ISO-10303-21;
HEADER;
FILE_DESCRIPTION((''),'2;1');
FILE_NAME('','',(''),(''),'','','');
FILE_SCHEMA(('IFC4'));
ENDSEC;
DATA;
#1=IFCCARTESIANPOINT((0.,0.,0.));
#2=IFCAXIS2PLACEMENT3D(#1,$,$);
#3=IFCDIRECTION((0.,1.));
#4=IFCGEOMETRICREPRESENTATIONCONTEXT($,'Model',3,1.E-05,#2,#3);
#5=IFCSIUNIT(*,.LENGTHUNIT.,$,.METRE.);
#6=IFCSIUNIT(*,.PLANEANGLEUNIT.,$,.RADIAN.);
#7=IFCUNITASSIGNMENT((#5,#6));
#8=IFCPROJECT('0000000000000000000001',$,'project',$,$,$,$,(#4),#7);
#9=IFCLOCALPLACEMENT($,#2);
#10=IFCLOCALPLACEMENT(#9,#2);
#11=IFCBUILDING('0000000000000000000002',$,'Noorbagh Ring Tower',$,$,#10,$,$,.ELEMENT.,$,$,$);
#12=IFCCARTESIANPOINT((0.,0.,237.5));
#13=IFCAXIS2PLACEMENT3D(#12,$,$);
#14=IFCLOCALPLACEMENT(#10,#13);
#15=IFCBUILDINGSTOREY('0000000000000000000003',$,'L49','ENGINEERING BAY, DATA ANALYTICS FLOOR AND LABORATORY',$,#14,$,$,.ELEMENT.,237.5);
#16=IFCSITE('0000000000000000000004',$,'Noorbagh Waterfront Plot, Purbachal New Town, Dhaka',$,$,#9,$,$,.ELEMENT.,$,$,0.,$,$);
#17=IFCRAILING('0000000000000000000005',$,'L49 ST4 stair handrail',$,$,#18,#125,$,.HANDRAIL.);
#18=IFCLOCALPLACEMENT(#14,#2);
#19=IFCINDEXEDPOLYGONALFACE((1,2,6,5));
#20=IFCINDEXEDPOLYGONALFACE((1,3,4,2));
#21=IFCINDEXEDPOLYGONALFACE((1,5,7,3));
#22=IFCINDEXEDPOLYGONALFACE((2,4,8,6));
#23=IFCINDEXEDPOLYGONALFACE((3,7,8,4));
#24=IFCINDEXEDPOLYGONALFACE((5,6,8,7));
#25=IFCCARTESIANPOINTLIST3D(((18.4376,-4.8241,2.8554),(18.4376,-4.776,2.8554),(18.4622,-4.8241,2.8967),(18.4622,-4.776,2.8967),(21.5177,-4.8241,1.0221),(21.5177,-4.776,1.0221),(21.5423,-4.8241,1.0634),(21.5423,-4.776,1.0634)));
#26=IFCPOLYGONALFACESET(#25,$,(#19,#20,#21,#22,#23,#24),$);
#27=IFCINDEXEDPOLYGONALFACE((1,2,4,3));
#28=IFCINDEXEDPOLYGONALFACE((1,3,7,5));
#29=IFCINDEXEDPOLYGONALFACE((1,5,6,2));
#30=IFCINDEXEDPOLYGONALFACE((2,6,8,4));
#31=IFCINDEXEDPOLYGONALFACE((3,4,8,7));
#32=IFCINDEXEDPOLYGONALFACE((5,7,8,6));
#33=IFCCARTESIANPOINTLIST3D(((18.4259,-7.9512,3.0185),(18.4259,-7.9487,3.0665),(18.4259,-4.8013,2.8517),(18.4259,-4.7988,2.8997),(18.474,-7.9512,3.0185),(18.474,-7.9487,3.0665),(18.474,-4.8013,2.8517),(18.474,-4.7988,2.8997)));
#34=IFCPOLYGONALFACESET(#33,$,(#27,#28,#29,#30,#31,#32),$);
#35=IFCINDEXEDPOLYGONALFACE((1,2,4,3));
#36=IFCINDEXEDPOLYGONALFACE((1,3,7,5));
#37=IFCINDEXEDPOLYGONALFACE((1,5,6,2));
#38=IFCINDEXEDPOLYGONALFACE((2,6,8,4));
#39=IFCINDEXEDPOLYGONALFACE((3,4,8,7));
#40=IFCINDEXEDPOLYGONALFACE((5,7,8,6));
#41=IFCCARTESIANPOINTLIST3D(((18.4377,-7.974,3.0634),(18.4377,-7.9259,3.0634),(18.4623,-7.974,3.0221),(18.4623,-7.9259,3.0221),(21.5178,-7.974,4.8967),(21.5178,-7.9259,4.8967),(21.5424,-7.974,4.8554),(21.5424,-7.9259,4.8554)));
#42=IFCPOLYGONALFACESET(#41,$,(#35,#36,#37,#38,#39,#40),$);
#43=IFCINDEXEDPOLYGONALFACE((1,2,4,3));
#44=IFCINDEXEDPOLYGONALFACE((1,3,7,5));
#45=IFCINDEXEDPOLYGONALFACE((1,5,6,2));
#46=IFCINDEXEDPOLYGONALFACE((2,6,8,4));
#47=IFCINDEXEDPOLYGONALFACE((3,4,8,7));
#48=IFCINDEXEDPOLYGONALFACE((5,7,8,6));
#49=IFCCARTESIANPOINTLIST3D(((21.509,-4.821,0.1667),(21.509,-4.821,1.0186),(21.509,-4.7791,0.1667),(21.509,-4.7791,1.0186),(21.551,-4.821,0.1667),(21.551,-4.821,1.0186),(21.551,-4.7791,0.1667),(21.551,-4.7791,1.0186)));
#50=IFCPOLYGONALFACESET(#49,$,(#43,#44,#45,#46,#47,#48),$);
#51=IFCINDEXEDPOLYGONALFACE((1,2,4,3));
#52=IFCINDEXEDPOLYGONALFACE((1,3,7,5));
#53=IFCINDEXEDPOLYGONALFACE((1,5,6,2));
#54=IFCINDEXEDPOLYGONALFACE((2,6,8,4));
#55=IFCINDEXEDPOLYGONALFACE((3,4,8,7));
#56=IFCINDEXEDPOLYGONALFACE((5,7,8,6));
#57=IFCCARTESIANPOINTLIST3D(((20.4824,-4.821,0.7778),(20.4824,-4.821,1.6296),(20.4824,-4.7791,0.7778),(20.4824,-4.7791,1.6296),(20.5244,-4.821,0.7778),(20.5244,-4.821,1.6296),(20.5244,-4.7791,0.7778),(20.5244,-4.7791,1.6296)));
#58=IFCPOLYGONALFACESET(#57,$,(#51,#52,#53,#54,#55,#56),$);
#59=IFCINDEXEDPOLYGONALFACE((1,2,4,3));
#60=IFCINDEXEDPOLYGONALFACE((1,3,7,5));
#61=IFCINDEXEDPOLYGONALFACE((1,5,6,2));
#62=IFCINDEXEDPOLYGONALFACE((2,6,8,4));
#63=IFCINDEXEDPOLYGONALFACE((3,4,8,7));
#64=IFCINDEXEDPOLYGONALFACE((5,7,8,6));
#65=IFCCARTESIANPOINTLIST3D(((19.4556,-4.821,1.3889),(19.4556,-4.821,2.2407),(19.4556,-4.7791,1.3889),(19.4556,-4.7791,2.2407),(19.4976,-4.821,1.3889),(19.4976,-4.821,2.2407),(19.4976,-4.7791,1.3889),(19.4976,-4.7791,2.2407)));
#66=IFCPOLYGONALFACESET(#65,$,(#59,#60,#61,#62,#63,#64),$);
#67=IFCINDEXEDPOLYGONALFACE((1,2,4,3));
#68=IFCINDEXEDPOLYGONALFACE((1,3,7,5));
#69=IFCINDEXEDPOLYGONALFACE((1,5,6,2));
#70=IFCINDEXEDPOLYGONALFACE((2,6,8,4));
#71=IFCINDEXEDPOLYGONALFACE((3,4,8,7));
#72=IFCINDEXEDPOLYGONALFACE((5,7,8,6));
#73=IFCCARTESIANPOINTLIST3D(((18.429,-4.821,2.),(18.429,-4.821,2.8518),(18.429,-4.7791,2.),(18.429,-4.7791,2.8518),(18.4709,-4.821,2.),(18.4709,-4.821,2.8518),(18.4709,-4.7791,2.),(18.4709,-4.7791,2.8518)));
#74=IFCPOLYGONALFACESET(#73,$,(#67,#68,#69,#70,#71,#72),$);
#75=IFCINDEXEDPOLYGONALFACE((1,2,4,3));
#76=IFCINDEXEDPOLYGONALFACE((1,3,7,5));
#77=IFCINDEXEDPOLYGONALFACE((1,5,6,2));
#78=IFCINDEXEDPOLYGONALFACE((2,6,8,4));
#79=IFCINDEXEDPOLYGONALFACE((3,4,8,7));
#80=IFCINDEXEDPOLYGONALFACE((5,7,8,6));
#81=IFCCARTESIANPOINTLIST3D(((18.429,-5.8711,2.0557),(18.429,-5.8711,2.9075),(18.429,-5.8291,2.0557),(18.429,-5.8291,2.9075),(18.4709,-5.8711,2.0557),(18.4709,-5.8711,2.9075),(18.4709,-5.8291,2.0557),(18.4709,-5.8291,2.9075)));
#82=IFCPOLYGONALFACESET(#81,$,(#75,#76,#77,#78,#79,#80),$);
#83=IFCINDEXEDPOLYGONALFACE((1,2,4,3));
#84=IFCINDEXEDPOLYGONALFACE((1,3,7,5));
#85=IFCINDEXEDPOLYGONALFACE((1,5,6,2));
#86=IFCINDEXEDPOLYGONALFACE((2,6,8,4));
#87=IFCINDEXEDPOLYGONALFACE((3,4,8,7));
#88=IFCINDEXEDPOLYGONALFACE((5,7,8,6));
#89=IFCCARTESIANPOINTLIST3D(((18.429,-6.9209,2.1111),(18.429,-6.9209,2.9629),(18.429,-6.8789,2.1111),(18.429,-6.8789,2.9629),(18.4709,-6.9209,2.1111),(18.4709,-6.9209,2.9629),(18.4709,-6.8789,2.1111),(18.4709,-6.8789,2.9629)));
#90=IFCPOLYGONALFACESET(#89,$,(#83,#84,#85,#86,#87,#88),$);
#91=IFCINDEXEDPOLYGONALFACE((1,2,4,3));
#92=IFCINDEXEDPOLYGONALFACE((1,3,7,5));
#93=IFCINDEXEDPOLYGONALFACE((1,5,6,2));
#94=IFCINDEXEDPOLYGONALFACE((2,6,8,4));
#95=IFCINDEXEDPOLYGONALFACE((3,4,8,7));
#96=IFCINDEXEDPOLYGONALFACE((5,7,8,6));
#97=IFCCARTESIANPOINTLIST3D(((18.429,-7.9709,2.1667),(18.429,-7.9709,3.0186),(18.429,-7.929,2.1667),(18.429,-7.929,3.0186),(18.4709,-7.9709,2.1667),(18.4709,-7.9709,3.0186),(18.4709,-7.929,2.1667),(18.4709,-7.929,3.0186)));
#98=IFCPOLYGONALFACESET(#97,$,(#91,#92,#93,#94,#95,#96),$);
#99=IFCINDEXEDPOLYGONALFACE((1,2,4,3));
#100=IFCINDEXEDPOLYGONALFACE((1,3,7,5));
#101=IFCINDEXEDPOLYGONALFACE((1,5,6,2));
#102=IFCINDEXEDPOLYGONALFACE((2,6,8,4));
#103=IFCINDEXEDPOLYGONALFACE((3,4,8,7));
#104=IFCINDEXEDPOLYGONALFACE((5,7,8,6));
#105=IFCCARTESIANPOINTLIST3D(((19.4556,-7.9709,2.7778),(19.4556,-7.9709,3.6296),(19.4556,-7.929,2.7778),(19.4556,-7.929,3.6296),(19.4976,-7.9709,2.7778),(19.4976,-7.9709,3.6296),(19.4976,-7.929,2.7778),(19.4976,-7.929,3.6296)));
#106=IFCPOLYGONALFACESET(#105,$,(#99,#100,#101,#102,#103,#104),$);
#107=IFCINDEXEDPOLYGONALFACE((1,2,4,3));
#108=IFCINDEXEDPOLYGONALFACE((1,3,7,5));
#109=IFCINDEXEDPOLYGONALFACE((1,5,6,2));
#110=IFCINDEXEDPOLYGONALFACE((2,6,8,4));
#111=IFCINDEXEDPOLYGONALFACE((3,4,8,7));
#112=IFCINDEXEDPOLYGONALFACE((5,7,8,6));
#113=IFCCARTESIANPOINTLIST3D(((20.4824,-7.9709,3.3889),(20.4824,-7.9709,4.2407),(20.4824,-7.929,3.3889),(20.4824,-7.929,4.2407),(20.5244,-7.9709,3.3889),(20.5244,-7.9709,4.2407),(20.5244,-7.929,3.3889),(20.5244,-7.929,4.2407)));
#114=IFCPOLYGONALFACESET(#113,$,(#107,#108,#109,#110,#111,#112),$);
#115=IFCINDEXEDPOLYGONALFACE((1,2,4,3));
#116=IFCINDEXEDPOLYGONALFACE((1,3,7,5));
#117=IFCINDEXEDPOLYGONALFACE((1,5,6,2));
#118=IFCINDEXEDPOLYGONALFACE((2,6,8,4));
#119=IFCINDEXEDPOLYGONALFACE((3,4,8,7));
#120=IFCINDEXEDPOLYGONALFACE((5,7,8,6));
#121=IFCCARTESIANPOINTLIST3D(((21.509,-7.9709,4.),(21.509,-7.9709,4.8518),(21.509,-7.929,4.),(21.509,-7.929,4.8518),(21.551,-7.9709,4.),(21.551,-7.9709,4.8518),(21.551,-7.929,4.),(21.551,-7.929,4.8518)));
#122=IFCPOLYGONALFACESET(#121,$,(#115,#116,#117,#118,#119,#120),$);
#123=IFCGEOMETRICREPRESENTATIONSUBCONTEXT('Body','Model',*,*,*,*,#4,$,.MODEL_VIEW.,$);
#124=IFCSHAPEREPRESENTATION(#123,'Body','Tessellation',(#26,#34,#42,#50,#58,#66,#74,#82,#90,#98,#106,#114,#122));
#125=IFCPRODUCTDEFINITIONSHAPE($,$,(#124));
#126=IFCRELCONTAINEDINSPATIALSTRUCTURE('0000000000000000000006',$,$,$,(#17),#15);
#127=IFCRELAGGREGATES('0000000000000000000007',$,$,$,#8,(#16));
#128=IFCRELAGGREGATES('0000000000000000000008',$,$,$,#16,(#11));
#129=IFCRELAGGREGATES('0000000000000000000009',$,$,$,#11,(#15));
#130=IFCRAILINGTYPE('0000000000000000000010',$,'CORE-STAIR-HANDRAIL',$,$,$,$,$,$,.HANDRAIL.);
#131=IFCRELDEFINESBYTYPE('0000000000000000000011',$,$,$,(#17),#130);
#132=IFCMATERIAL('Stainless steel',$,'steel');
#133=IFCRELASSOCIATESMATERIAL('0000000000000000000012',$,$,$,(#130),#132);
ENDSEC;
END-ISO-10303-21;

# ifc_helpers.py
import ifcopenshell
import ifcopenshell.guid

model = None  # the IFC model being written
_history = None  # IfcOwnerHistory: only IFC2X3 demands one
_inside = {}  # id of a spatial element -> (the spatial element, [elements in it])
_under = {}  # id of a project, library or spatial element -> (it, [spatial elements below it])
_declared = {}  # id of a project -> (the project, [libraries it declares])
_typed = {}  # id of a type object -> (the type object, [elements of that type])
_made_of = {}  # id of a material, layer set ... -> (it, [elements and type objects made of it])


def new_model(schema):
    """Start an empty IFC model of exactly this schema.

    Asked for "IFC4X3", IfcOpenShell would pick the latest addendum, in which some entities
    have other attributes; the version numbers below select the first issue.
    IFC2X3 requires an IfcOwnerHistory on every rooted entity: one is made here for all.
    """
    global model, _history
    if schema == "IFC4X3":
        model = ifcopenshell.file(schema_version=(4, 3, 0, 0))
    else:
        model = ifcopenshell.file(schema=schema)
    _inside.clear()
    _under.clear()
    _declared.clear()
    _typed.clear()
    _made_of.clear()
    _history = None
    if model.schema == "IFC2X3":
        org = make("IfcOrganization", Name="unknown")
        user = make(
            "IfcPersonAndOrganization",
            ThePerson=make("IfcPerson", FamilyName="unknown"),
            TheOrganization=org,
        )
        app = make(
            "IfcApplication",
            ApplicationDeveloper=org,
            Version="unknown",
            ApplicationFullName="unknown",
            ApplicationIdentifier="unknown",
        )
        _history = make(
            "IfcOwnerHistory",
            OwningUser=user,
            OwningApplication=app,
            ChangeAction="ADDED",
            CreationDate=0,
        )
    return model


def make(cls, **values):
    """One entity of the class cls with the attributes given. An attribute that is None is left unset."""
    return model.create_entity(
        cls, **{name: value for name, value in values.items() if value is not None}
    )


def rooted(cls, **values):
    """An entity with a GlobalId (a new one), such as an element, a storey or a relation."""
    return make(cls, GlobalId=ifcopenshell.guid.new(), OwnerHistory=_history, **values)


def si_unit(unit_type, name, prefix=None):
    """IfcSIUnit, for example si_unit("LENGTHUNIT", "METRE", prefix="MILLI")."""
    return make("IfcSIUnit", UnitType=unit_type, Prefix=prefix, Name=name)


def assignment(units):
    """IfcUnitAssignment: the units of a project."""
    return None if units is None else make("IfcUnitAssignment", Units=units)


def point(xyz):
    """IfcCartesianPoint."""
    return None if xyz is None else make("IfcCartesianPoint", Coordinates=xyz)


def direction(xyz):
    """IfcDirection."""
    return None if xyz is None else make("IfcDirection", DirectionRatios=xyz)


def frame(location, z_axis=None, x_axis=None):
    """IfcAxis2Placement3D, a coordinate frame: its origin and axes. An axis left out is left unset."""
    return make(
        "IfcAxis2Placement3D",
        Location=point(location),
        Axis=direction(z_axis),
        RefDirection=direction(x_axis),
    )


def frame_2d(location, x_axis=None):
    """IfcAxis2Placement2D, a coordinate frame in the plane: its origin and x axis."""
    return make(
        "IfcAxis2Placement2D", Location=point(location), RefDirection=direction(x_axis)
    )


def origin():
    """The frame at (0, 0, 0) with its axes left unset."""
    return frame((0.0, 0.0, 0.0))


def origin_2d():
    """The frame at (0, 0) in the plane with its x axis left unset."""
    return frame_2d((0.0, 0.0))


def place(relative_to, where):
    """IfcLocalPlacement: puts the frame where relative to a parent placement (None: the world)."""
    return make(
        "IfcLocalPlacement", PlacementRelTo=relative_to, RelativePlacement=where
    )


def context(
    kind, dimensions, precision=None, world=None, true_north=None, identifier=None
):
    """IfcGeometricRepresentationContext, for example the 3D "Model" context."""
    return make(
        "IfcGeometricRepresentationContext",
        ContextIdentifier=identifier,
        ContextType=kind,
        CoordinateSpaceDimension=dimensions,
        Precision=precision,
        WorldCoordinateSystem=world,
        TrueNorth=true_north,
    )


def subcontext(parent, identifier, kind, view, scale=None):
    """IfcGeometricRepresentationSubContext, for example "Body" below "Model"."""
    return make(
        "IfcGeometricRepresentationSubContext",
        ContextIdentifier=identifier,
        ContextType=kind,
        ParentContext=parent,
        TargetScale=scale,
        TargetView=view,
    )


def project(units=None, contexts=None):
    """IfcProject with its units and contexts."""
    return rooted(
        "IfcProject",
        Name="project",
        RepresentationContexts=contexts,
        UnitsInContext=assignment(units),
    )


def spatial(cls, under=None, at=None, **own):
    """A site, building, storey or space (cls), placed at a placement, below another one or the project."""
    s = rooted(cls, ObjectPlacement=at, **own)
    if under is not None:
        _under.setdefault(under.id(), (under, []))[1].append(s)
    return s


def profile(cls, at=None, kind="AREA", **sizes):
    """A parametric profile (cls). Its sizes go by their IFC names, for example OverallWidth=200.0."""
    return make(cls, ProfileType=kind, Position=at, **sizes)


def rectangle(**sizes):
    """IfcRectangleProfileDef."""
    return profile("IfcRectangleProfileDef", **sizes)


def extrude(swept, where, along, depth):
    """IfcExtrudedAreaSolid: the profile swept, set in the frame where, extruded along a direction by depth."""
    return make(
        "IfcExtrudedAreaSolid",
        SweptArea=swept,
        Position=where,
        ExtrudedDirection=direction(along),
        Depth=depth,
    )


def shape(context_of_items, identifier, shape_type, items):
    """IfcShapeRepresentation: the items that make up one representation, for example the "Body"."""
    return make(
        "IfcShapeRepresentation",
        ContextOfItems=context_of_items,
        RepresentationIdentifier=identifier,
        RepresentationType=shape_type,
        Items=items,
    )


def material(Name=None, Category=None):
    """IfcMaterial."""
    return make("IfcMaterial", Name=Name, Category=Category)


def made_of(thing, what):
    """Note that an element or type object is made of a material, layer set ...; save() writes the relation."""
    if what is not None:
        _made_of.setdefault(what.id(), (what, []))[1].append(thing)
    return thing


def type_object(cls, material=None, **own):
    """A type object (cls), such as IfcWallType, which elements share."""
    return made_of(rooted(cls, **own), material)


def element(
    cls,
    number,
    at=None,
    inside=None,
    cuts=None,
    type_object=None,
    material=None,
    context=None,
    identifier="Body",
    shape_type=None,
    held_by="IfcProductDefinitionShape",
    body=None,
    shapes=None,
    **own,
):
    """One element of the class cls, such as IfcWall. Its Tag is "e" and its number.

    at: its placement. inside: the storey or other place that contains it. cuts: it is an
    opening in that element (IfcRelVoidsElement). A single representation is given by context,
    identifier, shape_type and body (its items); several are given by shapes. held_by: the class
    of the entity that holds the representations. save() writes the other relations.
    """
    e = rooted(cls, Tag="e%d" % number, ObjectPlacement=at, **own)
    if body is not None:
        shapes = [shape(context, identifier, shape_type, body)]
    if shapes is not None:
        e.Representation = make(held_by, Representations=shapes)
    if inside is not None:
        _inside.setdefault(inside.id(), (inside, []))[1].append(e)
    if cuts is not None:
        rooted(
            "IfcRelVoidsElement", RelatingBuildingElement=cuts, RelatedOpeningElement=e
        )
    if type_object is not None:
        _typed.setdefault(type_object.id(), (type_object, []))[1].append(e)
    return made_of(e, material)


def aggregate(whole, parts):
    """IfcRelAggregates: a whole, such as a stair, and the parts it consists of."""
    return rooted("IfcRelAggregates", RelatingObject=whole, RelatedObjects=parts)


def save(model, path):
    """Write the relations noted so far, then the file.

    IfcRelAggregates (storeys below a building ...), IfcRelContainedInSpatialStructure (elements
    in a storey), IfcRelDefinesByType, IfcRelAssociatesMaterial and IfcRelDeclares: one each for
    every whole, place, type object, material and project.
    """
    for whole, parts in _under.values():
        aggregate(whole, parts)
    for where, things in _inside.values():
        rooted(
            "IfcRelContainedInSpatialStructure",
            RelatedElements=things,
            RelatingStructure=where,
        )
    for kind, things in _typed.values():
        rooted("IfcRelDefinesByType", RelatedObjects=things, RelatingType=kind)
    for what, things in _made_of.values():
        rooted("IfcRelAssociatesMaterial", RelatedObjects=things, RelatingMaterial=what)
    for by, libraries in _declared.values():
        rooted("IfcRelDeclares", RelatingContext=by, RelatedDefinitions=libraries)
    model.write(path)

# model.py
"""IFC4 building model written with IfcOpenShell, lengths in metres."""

from ifc_helpers import new_model, si_unit, direction, frame, origin, origin_2d, place, context, subcontext, project, spatial, rectangle, extrude, material, type_object, element, save


model = new_model("IFC4")

# Units and contexts
model_context = context("Model", 3, precision=1e-05, world=origin(), true_north=direction((0.0, 1.0)))
body_context = subcontext(model_context, "Body", "Model", "MODEL_VIEW")
ifc_project = project(units=[si_unit("LENGTHUNIT", "METRE"), si_unit("PLANEANGLEUNIT", "RADIAN")], contexts=[model_context])

# Site, building, storey
site_placement = place(None, origin())
site = spatial("IfcSite", under=ifc_project, at=site_placement, Name="Noorbagh Waterfront Plot, Purbachal New Town, Dhaka", CompositionType="ELEMENT", RefElevation=0.0)
building_placement = place(site_placement, origin())
building = spatial("IfcBuilding", under=site, at=building_placement, Name="Noorbagh Ring Tower", CompositionType="ELEMENT")
storey_placement = place(building_placement, frame((0.0, 0.0, 237.5)))
storey = spatial("IfcBuildingStorey", under=building, at=storey_placement, Name="L49", Description="ENGINEERING BAY, DATA ANALYTICS FLOOR AND LABORATORY", CompositionType="ELEMENT", Elevation=237.5)

# Railing
ifc_material_1 = material(Name="Stainless steel", Category="steel")
railing_type_1 = type_object("IfcRailingType", Name="CORE-STAIR-HANDRAIL", PredefinedType="HANDRAIL", material=ifc_material_1)
railing_1_placement = place(storey_placement, frame((21.53, -4.8, 0.1667)))
element("IfcRailing", 1, at=railing_1_placement, inside=storey, type_object=railing_type_1, Name="L49 ST4 stair handrail", PredefinedType="HANDRAIL", context=body_context, shape_type="SweptSolid", body=[
    extrude(rectangle(XDim=0.0481, YDim=0.0481, at=origin_2d()), frame((0.0, 0.0, 0.876), z_axis=(-0.859309, 0.0, 0.511458), x_axis=(0.0, -1.0, 0.0)), (0.0, 0.0, 1.0), 3.5845),
    extrude(rectangle(XDim=0.0481, YDim=0.0481, at=origin_2d()), frame((-3.0801, 0.0, 2.709), z_axis=(0.0, -0.998602, 0.052864), x_axis=(1.0, 0.0, 0.0)), (0.0, 0.0, 1.0), 3.1543),
    extrude(rectangle(XDim=0.0481, YDim=0.0481, at=origin_2d()), frame((-3.0801, -3.1499, 2.876), z_axis=(0.859309, 0.0, 0.511458), x_axis=(0.0, 1.0, 0.0)), (0.0, 0.0, 1.0), 3.5845),
    extrude(rectangle(XDim=0.042, YDim=0.042, at=origin_2d()), origin(), (0.0, 0.0, 1.0), 0.8518),
    extrude(rectangle(XDim=0.042, YDim=0.042, at=origin_2d()), frame((-1.0266, 0.0, 0.6111)), (0.0, 0.0, 1.0), 0.8518),
    extrude(rectangle(XDim=0.042, YDim=0.042, at=origin_2d()), frame((-2.0535, 0.0, 1.2222)), (0.0, 0.0, 1.0), 0.8518),
    extrude(rectangle(XDim=0.042, YDim=0.042, at=origin_2d()), frame((-3.0801, 0.0, 1.8333)), (0.0, 0.0, 1.0), 0.8518),
    extrude(rectangle(XDim=0.042, YDim=0.042, at=origin_2d()), frame((-3.0801, -1.05, 1.8889)), (0.0, 0.0, 1.0), 0.8518),
    extrude(rectangle(XDim=0.042, YDim=0.042, at=origin_2d()), frame((-3.0801, -2.0999, 1.9443)), (0.0, 0.0, 1.0), 0.8518),
    extrude(rectangle(XDim=0.042, YDim=0.042, at=origin_2d()), frame((-3.0801, -3.1499, 2.0)), (0.0, 0.0, 1.0), 0.8518),
    extrude(rectangle(XDim=0.042, YDim=0.042, at=origin_2d()), frame((-2.0535, -3.1499, 2.6111)), (0.0, 0.0, 1.0), 0.8518),
    extrude(rectangle(XDim=0.042, YDim=0.042, at=origin_2d()), frame((-1.0266, -3.1499, 3.2222)), (0.0, 0.0, 1.0), 0.8518),
    extrude(rectangle(XDim=0.042, YDim=0.042, at=origin_2d()), frame((0.0, -3.1499, 3.8333)), (0.0, 0.0, 1.0), 0.8518),
])

save(model, "model.ifc")
